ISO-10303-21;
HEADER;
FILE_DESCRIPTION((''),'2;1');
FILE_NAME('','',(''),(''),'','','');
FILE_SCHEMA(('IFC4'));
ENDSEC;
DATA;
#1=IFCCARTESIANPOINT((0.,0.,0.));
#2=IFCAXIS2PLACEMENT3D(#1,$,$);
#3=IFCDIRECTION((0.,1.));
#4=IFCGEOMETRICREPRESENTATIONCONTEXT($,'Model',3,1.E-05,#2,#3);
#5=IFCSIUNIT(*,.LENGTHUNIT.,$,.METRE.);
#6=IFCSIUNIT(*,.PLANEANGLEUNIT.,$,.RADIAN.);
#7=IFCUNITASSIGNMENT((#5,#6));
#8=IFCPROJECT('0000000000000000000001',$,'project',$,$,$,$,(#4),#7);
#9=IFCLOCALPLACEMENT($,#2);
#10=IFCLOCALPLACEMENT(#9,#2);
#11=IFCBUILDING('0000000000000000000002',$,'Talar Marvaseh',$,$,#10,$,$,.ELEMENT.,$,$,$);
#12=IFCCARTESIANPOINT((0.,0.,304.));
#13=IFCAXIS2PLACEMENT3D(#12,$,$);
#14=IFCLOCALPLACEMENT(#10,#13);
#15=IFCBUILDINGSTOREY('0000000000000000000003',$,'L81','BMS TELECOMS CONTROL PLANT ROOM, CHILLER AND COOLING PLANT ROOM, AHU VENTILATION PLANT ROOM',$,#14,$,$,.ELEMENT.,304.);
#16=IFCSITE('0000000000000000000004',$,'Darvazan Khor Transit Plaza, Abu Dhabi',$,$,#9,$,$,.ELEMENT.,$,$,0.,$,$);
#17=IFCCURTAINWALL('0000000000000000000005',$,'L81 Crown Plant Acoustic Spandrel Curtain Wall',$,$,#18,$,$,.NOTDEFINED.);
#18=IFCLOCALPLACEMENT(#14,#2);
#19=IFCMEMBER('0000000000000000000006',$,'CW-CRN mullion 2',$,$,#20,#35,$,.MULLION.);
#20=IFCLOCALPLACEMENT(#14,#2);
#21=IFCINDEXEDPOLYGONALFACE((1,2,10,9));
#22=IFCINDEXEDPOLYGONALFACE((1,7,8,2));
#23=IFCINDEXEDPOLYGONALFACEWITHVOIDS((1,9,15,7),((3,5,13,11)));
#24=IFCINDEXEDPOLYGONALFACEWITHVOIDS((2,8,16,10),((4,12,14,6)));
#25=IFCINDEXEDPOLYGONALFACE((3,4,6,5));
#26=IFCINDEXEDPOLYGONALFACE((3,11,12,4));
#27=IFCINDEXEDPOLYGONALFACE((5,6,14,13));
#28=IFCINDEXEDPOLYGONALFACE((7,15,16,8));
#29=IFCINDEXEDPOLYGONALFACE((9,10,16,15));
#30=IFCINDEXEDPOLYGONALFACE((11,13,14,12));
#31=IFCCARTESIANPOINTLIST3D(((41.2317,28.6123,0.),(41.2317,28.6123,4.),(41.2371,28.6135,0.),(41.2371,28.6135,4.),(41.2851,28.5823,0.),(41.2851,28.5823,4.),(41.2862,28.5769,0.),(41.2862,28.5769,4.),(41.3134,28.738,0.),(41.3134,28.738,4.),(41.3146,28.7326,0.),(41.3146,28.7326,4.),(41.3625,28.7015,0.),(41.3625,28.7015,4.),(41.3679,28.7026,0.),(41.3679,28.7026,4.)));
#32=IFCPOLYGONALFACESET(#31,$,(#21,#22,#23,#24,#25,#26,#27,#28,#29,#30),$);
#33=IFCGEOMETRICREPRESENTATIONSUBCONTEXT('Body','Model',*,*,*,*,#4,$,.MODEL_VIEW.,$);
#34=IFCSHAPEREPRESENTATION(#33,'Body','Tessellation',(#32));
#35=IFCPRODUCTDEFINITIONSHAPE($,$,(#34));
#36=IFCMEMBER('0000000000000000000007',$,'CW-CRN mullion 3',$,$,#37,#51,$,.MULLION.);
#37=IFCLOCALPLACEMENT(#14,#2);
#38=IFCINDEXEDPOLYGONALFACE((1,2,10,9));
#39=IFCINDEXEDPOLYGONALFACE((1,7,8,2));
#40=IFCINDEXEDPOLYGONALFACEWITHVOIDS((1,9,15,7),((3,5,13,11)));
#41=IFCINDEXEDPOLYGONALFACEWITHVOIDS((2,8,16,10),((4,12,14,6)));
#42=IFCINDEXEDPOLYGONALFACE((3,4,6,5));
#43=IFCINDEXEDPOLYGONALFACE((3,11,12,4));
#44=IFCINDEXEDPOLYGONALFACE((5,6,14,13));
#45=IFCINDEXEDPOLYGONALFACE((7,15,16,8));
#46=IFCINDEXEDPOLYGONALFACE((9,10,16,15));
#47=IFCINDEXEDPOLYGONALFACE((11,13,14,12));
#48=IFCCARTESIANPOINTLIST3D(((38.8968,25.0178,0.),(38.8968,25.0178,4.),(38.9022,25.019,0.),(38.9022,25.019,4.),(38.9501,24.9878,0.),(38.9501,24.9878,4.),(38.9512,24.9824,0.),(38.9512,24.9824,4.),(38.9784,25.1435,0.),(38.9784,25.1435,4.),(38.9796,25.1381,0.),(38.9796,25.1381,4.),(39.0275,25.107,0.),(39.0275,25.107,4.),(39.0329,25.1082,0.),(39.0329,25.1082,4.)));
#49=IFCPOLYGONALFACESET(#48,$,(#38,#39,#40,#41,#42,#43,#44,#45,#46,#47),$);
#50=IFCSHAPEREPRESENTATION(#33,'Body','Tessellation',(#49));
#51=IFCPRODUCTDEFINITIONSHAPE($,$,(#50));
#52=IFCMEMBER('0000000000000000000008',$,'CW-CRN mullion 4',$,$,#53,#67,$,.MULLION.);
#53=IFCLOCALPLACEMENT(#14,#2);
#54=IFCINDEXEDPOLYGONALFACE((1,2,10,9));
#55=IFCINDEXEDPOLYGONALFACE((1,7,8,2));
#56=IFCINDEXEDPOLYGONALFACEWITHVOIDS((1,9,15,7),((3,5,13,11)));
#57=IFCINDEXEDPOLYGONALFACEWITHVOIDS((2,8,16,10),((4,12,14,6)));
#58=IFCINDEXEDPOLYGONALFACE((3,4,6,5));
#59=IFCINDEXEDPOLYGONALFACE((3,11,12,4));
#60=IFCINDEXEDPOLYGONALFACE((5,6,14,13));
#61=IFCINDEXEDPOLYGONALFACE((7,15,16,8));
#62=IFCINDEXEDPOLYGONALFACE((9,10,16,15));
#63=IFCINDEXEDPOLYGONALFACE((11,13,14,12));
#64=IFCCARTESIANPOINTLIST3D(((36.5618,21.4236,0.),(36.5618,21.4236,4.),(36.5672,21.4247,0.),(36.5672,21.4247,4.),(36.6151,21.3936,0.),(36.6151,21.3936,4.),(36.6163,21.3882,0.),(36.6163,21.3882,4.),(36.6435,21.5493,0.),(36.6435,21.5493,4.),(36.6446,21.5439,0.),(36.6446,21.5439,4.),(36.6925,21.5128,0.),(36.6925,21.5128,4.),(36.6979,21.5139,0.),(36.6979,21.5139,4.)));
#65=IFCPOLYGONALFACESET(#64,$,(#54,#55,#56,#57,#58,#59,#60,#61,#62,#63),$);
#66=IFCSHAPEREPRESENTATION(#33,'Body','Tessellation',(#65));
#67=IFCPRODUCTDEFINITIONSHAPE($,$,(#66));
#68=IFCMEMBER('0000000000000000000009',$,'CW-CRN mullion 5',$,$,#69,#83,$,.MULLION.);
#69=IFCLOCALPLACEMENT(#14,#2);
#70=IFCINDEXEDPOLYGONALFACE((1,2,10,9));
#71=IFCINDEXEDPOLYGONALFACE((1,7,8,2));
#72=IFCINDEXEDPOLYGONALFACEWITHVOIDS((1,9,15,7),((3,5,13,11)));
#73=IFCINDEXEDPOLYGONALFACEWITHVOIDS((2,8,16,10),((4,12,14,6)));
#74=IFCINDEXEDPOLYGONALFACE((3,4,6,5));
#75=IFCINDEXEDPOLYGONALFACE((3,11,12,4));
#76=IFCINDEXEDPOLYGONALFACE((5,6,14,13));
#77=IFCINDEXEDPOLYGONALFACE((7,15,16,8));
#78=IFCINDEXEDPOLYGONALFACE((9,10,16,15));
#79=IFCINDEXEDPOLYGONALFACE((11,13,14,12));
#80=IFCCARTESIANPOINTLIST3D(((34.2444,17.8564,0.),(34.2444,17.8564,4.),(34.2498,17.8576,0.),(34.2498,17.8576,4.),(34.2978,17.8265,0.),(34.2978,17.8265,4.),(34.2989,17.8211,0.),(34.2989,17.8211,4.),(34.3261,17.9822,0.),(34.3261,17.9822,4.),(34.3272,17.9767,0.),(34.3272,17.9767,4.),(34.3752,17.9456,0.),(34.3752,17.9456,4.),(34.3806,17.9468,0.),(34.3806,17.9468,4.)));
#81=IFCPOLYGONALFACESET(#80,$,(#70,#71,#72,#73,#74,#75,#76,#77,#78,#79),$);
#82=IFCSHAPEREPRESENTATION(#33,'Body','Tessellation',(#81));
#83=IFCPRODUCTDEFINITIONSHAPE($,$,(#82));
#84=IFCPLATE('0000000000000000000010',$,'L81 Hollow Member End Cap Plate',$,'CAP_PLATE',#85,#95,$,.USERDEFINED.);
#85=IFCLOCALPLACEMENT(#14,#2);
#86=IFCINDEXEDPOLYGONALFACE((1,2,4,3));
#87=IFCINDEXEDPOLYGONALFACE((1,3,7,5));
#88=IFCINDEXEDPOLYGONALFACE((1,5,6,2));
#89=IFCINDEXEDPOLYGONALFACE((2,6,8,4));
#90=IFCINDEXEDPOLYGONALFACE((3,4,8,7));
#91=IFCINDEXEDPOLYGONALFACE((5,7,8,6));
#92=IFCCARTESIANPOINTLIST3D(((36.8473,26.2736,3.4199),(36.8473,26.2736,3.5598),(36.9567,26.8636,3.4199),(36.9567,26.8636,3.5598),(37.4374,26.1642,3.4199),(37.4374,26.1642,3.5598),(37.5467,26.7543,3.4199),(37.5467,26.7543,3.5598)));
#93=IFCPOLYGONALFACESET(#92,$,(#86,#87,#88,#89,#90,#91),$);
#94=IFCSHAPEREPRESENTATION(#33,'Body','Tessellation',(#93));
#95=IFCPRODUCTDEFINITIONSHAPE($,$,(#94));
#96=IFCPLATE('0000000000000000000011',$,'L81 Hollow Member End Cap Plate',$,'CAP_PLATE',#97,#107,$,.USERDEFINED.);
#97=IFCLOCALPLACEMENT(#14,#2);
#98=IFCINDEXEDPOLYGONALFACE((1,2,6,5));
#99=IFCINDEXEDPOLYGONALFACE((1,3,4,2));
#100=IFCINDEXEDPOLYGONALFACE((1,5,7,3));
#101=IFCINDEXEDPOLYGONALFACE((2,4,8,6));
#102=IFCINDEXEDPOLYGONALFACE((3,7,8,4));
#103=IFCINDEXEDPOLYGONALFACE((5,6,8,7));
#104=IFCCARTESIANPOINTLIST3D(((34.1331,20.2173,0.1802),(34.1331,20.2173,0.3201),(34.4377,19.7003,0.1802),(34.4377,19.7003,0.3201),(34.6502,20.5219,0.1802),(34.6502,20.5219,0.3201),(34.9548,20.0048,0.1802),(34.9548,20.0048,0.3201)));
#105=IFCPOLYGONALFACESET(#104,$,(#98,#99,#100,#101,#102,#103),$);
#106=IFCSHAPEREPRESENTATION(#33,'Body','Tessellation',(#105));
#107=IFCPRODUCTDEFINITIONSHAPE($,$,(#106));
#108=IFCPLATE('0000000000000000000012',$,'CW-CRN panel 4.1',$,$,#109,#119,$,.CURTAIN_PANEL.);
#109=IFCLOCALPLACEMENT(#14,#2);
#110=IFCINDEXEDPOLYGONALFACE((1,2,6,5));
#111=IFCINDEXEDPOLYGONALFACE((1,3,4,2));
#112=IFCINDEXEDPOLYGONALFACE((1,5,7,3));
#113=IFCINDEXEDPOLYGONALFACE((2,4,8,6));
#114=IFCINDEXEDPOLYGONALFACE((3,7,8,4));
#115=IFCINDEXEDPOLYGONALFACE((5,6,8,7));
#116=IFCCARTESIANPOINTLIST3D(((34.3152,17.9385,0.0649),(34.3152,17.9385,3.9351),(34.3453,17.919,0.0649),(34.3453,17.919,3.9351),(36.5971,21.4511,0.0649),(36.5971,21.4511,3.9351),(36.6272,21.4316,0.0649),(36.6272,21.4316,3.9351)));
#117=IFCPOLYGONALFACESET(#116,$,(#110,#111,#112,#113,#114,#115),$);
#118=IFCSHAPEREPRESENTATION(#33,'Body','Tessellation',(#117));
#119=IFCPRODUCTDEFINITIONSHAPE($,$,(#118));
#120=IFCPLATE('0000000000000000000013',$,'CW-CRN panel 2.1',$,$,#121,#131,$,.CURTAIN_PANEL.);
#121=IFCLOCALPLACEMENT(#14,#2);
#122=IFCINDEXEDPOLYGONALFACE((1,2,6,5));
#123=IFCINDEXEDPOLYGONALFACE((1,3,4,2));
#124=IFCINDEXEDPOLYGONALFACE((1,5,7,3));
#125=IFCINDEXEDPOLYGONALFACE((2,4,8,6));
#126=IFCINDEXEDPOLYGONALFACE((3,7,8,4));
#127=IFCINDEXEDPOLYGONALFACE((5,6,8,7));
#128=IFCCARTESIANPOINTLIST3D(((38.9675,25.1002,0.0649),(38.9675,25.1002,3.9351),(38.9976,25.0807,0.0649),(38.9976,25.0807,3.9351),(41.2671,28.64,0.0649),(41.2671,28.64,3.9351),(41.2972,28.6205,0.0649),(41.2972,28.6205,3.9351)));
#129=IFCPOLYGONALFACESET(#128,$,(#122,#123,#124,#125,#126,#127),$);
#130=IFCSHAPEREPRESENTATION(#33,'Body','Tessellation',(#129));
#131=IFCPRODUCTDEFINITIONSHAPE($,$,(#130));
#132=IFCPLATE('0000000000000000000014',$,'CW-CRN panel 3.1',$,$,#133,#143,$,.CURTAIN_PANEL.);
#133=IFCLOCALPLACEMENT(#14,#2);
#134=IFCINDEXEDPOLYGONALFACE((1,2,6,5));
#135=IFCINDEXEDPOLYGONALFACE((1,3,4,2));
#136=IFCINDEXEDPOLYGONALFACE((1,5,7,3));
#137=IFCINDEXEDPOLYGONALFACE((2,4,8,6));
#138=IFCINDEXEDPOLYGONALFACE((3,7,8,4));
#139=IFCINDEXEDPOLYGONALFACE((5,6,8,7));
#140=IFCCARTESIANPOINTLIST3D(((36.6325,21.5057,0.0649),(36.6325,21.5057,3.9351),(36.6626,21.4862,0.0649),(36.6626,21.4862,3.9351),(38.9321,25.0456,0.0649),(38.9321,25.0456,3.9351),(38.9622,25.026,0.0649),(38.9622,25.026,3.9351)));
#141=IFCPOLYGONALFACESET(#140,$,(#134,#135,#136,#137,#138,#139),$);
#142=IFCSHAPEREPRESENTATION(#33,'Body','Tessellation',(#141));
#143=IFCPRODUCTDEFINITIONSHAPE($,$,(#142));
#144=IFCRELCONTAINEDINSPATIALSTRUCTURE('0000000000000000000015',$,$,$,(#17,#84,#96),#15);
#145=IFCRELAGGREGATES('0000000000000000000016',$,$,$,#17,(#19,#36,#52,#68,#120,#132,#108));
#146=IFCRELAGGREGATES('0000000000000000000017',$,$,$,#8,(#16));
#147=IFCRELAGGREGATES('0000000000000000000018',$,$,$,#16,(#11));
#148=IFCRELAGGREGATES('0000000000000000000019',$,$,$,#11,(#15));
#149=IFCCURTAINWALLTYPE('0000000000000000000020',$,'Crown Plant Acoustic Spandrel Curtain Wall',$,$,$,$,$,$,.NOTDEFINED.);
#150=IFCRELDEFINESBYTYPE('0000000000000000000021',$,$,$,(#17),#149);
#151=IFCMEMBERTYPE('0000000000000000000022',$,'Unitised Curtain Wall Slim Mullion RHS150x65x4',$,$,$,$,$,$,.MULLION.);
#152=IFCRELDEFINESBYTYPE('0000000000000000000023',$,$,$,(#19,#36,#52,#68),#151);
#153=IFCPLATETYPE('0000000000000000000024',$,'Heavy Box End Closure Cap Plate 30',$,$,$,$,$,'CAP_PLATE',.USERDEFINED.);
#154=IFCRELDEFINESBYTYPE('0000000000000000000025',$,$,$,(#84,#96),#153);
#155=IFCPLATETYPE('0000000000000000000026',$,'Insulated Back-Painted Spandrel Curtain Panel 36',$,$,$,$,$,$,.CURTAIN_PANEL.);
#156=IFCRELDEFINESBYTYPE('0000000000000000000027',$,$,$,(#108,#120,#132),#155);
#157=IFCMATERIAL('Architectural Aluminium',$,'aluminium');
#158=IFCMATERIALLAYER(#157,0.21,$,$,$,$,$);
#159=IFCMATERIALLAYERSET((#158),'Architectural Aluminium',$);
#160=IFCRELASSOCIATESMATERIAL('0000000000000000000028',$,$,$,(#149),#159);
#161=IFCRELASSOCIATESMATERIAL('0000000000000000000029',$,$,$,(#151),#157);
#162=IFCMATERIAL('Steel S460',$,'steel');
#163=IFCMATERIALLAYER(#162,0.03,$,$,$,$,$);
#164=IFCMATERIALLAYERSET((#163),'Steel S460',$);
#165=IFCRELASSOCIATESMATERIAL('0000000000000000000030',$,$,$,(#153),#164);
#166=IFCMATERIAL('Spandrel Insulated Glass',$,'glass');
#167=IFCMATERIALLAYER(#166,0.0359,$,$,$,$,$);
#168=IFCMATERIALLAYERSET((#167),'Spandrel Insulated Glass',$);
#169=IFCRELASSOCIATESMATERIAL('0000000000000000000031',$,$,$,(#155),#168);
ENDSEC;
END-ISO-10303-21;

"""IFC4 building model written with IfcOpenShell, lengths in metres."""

from ifc_helpers import new_model, si_unit, direction, frame, origin, origin_2d, place, context, subcontext, project, spatial, rectangle, hollow_rectangle, extrude, source, transform, mapped, material, layer, layer_set, material_profile, profile_set, type_object, type_shapes, element, aggregate, save


model = new_model("IFC4")

# Units and contexts
model_context = context("Model", 3, precision=1e-05, world=origin(), true_north=direction((0.0, 1.0)))
body_context = subcontext(model_context, "Body", "Model", "MODEL_VIEW")
ifc_project = project(units=[si_unit("LENGTHUNIT", "METRE"), si_unit("PLANEANGLEUNIT", "RADIAN")], contexts=[model_context])

# Site, building, storey
site_placement = place(None, origin())
site = spatial("IfcSite", under=ifc_project, at=site_placement, Name="Darvazan Khor Transit Plaza, Abu Dhabi", CompositionType="ELEMENT", RefElevation=0.0)
building_placement = place(site_placement, origin())
building = spatial("IfcBuilding", under=site, at=building_placement, Name="Talar Marvaseh", CompositionType="ELEMENT")
storey_placement = place(building_placement, frame((0.0, 0.0, 304.0)))
storey = spatial("IfcBuildingStorey", under=building, at=storey_placement, Name="L81", Description="BMS TELECOMS CONTROL PLANT ROOM, CHILLER AND COOLING PLANT ROOM, AHU VENTILATION PLANT ROOM", CompositionType="ELEMENT", Elevation=304.0)

# Shared definitions
ifc_material_1 = material(Name="Steel S460", Category="steel")

# Curtain wall, members
ifc_material_2 = material(Name="Architectural Aluminium", Category="aluminium")
ifc_layer_1 = layer(ifc_material_2, 0.21)
ifc_layer_set_1 = layer_set([ifc_layer_1], Name="Architectural Aluminium")
curtain_wall_type = type_object("IfcCurtainWallType", Name="Crown Plant Acoustic Spandrel Curtain Wall", PredefinedType="NOTDEFINED", material=ifc_layer_set_1)
curtain_wall_placement = place(storey_placement, origin())
curtain_wall = element("IfcCurtainWall", 1, at=curtain_wall_placement, inside=storey, type_object=curtain_wall_type, Name="L81 Crown Plant Acoustic Spandrel Curtain Wall", PredefinedType="NOTDEFINED")
ifc_material_profile_1 = material_profile(ifc_material_2, hollow_rectangle(XDim=0.0649, YDim=0.1499, WallThickness=0.0039, at=origin_2d()), Name="RHS150x65x4")
ifc_profile_set_1 = profile_set([ifc_material_profile_1], Name="Architectural Aluminium")
member_type_1 = type_object("IfcMemberType", Name="Unitised Curtain Wall Slim Mullion RHS150x65x4", PredefinedType="MULLION", material=ifc_profile_set_1)
shared_shape_1 = source(origin(), body_context, "Body", "SweptSolid", [
    extrude(hollow_rectangle(XDim=0.0649, YDim=0.1499, WallThickness=0.0039, at=origin_2d()), origin(), (0.0, 0.0, 1.0), 4.0),
])
type_shapes(member_type_1, [shared_shape_1])
member_1_placement = place(storey_placement, frame((41.2998, 28.6575, 0.0), z_axis=(0.0, 0.0, 1.0), x_axis=(0.838586, -0.544769, 0.0)))
member_1 = element("IfcMember", 2, at=member_1_placement, type_object=member_type_1, Name="CW-CRN mullion 2", PredefinedType="MULLION", context=body_context, shape_type="MappedRepresentation", body=[
    mapped(shared_shape_1, transform((0.0, 0.0, 0.0), x_axis=(1.0, 0.0, 0.0), y_axis=(0.0, 1.0, 0.0), z_axis=(0.0, 0.0, 1.0), scale=1.0)),
])
member_2_placement = place(storey_placement, frame((38.9648, 25.063, 0.0), z_axis=(0.0, 0.0, 1.0), x_axis=(0.838586, -0.544769, 0.0)))
member_2 = element("IfcMember", 3, at=member_2_placement, type_object=member_type_1, Name="CW-CRN mullion 3", PredefinedType="MULLION", context=body_context, shape_type="MappedRepresentation", body=[
    mapped(shared_shape_1, transform((0.0, 0.0, 0.0), x_axis=(1.0, 0.0, 0.0), y_axis=(0.0, 1.0, 0.0), z_axis=(0.0, 0.0, 1.0), scale=1.0)),
])
member_3_placement = place(storey_placement, frame((36.6299, 21.4688, 0.0), z_axis=(0.0, 0.0, 1.0), x_axis=(0.838586, -0.544769, 0.0)))
member_3 = element("IfcMember", 4, at=member_3_placement, type_object=member_type_1, Name="CW-CRN mullion 4", PredefinedType="MULLION", context=body_context, shape_type="MappedRepresentation", body=[
    mapped(shared_shape_1, transform((0.0, 0.0, 0.0), x_axis=(1.0, 0.0, 0.0), y_axis=(0.0, 1.0, 0.0), z_axis=(0.0, 0.0, 1.0), scale=1.0)),
])
member_4_placement = place(storey_placement, frame((34.3125, 17.9016, 0.0), z_axis=(0.0, 0.0, 1.0), x_axis=(0.838586, -0.544769, 0.0)))
member_4 = element("IfcMember", 5, at=member_4_placement, type_object=member_type_1, Name="CW-CRN mullion 5", PredefinedType="MULLION", context=body_context, shape_type="MappedRepresentation", body=[
    mapped(shared_shape_1, transform((0.0, 0.0, 0.0), x_axis=(1.0, 0.0, 0.0), y_axis=(0.0, 1.0, 0.0), z_axis=(0.0, 0.0, 1.0), scale=1.0)),
])

# Plates
ifc_layer_2 = layer(ifc_material_1, 0.03)
ifc_layer_set_2 = layer_set([ifc_layer_2], Name="Steel S460")
plate_type_1 = type_object("IfcPlateType", Name="Heavy Box End Closure Cap Plate 30", ElementType="CAP_PLATE", PredefinedType="USERDEFINED", material=ifc_layer_set_2)
shared_shape_2 = source(origin(), body_context, "Body", "SweptSolid", [
    extrude(rectangle(XDim=0.6001, YDim=0.6001, at=origin_2d()), origin(), (0.0, 0.0, 1.0), 0.1399),
])
type_shapes(plate_type_1, [shared_shape_2])
for number, where, z_axis, x_axis, name in (
    (6, (37.197, 26.5139, 3.4199), (0.0, 0.0, 1.0), (-0.182236, -0.983255, 0.0), "L81 Hollow Member End Cap Plate"),
    (7, (34.5439, 20.1111, 0.1802), (0.0, 0.0, 1.0), (-0.861629, -0.507538, 0.0), "L81 Hollow Member End Cap Plate"),
):
    element("IfcPlate", number, at=place(storey_placement, frame(where, z_axis=z_axis, x_axis=x_axis)), inside=storey, type_object=plate_type_1, Name=name, ObjectType="CAP_PLATE", PredefinedType="USERDEFINED", context=body_context, shape_type="MappedRepresentation", body=[
        mapped(shared_shape_2, transform((0.0, 0.0, 0.0), x_axis=(1.0, 0.0, 0.0), y_axis=(0.0, 1.0, 0.0), z_axis=(0.0, 0.0, 1.0), scale=1.0)),
    ])

# Plates
ifc_material_3 = material(Name="Spandrel Insulated Glass", Category="glass")
ifc_layer_3 = layer(ifc_material_3, 0.0359)
ifc_layer_set_3 = layer_set([ifc_layer_3], Name="Spandrel Insulated Glass")
plate_type_2 = type_object("IfcPlateType", Name="Insulated Back-Painted Spandrel Curtain Panel 36", PredefinedType="CURTAIN_PANEL", material=ifc_layer_set_3)
shared_shape_3 = source(origin(), body_context, "Body", "SweptSolid", [
    extrude(rectangle(XDim=4.1887, YDim=0.0359, at=origin_2d()), origin(), (0.0, 0.0, 1.0), 3.8701),
])
plate_1_placement = place(storey_placement, frame((35.4712, 19.6851, 0.0649), z_axis=(0.0, 0.0, 1.0), x_axis=(-0.544769, -0.838586, 0.0)))
plate_1 = element("IfcPlate", 8, at=plate_1_placement, type_object=plate_type_2, Name="CW-CRN panel 4.1", PredefinedType="CURTAIN_PANEL", context=body_context, shape_type="MappedRepresentation", body=[
    mapped(shared_shape_3, transform((0.0, 0.0, 0.0), x_axis=(1.0, 0.0, 0.0), y_axis=(0.0, 1.0, 0.0), z_axis=(0.0, 0.0, 1.0), scale=1.0)),
])
shared_shape_4 = source(origin(), body_context, "Body", "SweptSolid", [
    extrude(rectangle(XDim=4.2212, YDim=0.0359, at=origin_2d()), origin(), (0.0, 0.0, 1.0), 3.8701),
])
type_shapes(plate_type_2, [shared_shape_3, shared_shape_4])
plate_2_placement = place(storey_placement, frame((40.1323, 26.8604, 0.0649), z_axis=(0.0, 0.0, 1.0), x_axis=(-0.544769, -0.838586, 0.0)))
plate_2 = element("IfcPlate", 9, at=plate_2_placement, type_object=plate_type_2, Name="CW-CRN panel 2.1", PredefinedType="CURTAIN_PANEL", context=body_context, shape_type="MappedRepresentation", body=[
    mapped(shared_shape_4, transform((0.0, 0.0, 0.0), x_axis=(1.0, 0.0, 0.0), y_axis=(0.0, 1.0, 0.0), z_axis=(0.0, 0.0, 1.0), scale=1.0)),
])
plate_3_placement = place(storey_placement, frame((37.7974, 23.2659, 0.0649), z_axis=(0.0, 0.0, 1.0), x_axis=(-0.544769, -0.838586, 0.0)))
plate_3 = element("IfcPlate", 10, at=plate_3_placement, type_object=plate_type_2, Name="CW-CRN panel 3.1", PredefinedType="CURTAIN_PANEL", context=body_context, shape_type="MappedRepresentation", body=[
    mapped(shared_shape_4, transform((0.0, 0.0, 0.0), x_axis=(1.0, 0.0, 0.0), y_axis=(0.0, 1.0, 0.0), z_axis=(0.0, 0.0, 1.0), scale=1.0)),
])
aggregate(curtain_wall, [member_1, member_2, member_3, member_4, plate_2, plate_3, plate_1])

save(model, "model.ifc")
